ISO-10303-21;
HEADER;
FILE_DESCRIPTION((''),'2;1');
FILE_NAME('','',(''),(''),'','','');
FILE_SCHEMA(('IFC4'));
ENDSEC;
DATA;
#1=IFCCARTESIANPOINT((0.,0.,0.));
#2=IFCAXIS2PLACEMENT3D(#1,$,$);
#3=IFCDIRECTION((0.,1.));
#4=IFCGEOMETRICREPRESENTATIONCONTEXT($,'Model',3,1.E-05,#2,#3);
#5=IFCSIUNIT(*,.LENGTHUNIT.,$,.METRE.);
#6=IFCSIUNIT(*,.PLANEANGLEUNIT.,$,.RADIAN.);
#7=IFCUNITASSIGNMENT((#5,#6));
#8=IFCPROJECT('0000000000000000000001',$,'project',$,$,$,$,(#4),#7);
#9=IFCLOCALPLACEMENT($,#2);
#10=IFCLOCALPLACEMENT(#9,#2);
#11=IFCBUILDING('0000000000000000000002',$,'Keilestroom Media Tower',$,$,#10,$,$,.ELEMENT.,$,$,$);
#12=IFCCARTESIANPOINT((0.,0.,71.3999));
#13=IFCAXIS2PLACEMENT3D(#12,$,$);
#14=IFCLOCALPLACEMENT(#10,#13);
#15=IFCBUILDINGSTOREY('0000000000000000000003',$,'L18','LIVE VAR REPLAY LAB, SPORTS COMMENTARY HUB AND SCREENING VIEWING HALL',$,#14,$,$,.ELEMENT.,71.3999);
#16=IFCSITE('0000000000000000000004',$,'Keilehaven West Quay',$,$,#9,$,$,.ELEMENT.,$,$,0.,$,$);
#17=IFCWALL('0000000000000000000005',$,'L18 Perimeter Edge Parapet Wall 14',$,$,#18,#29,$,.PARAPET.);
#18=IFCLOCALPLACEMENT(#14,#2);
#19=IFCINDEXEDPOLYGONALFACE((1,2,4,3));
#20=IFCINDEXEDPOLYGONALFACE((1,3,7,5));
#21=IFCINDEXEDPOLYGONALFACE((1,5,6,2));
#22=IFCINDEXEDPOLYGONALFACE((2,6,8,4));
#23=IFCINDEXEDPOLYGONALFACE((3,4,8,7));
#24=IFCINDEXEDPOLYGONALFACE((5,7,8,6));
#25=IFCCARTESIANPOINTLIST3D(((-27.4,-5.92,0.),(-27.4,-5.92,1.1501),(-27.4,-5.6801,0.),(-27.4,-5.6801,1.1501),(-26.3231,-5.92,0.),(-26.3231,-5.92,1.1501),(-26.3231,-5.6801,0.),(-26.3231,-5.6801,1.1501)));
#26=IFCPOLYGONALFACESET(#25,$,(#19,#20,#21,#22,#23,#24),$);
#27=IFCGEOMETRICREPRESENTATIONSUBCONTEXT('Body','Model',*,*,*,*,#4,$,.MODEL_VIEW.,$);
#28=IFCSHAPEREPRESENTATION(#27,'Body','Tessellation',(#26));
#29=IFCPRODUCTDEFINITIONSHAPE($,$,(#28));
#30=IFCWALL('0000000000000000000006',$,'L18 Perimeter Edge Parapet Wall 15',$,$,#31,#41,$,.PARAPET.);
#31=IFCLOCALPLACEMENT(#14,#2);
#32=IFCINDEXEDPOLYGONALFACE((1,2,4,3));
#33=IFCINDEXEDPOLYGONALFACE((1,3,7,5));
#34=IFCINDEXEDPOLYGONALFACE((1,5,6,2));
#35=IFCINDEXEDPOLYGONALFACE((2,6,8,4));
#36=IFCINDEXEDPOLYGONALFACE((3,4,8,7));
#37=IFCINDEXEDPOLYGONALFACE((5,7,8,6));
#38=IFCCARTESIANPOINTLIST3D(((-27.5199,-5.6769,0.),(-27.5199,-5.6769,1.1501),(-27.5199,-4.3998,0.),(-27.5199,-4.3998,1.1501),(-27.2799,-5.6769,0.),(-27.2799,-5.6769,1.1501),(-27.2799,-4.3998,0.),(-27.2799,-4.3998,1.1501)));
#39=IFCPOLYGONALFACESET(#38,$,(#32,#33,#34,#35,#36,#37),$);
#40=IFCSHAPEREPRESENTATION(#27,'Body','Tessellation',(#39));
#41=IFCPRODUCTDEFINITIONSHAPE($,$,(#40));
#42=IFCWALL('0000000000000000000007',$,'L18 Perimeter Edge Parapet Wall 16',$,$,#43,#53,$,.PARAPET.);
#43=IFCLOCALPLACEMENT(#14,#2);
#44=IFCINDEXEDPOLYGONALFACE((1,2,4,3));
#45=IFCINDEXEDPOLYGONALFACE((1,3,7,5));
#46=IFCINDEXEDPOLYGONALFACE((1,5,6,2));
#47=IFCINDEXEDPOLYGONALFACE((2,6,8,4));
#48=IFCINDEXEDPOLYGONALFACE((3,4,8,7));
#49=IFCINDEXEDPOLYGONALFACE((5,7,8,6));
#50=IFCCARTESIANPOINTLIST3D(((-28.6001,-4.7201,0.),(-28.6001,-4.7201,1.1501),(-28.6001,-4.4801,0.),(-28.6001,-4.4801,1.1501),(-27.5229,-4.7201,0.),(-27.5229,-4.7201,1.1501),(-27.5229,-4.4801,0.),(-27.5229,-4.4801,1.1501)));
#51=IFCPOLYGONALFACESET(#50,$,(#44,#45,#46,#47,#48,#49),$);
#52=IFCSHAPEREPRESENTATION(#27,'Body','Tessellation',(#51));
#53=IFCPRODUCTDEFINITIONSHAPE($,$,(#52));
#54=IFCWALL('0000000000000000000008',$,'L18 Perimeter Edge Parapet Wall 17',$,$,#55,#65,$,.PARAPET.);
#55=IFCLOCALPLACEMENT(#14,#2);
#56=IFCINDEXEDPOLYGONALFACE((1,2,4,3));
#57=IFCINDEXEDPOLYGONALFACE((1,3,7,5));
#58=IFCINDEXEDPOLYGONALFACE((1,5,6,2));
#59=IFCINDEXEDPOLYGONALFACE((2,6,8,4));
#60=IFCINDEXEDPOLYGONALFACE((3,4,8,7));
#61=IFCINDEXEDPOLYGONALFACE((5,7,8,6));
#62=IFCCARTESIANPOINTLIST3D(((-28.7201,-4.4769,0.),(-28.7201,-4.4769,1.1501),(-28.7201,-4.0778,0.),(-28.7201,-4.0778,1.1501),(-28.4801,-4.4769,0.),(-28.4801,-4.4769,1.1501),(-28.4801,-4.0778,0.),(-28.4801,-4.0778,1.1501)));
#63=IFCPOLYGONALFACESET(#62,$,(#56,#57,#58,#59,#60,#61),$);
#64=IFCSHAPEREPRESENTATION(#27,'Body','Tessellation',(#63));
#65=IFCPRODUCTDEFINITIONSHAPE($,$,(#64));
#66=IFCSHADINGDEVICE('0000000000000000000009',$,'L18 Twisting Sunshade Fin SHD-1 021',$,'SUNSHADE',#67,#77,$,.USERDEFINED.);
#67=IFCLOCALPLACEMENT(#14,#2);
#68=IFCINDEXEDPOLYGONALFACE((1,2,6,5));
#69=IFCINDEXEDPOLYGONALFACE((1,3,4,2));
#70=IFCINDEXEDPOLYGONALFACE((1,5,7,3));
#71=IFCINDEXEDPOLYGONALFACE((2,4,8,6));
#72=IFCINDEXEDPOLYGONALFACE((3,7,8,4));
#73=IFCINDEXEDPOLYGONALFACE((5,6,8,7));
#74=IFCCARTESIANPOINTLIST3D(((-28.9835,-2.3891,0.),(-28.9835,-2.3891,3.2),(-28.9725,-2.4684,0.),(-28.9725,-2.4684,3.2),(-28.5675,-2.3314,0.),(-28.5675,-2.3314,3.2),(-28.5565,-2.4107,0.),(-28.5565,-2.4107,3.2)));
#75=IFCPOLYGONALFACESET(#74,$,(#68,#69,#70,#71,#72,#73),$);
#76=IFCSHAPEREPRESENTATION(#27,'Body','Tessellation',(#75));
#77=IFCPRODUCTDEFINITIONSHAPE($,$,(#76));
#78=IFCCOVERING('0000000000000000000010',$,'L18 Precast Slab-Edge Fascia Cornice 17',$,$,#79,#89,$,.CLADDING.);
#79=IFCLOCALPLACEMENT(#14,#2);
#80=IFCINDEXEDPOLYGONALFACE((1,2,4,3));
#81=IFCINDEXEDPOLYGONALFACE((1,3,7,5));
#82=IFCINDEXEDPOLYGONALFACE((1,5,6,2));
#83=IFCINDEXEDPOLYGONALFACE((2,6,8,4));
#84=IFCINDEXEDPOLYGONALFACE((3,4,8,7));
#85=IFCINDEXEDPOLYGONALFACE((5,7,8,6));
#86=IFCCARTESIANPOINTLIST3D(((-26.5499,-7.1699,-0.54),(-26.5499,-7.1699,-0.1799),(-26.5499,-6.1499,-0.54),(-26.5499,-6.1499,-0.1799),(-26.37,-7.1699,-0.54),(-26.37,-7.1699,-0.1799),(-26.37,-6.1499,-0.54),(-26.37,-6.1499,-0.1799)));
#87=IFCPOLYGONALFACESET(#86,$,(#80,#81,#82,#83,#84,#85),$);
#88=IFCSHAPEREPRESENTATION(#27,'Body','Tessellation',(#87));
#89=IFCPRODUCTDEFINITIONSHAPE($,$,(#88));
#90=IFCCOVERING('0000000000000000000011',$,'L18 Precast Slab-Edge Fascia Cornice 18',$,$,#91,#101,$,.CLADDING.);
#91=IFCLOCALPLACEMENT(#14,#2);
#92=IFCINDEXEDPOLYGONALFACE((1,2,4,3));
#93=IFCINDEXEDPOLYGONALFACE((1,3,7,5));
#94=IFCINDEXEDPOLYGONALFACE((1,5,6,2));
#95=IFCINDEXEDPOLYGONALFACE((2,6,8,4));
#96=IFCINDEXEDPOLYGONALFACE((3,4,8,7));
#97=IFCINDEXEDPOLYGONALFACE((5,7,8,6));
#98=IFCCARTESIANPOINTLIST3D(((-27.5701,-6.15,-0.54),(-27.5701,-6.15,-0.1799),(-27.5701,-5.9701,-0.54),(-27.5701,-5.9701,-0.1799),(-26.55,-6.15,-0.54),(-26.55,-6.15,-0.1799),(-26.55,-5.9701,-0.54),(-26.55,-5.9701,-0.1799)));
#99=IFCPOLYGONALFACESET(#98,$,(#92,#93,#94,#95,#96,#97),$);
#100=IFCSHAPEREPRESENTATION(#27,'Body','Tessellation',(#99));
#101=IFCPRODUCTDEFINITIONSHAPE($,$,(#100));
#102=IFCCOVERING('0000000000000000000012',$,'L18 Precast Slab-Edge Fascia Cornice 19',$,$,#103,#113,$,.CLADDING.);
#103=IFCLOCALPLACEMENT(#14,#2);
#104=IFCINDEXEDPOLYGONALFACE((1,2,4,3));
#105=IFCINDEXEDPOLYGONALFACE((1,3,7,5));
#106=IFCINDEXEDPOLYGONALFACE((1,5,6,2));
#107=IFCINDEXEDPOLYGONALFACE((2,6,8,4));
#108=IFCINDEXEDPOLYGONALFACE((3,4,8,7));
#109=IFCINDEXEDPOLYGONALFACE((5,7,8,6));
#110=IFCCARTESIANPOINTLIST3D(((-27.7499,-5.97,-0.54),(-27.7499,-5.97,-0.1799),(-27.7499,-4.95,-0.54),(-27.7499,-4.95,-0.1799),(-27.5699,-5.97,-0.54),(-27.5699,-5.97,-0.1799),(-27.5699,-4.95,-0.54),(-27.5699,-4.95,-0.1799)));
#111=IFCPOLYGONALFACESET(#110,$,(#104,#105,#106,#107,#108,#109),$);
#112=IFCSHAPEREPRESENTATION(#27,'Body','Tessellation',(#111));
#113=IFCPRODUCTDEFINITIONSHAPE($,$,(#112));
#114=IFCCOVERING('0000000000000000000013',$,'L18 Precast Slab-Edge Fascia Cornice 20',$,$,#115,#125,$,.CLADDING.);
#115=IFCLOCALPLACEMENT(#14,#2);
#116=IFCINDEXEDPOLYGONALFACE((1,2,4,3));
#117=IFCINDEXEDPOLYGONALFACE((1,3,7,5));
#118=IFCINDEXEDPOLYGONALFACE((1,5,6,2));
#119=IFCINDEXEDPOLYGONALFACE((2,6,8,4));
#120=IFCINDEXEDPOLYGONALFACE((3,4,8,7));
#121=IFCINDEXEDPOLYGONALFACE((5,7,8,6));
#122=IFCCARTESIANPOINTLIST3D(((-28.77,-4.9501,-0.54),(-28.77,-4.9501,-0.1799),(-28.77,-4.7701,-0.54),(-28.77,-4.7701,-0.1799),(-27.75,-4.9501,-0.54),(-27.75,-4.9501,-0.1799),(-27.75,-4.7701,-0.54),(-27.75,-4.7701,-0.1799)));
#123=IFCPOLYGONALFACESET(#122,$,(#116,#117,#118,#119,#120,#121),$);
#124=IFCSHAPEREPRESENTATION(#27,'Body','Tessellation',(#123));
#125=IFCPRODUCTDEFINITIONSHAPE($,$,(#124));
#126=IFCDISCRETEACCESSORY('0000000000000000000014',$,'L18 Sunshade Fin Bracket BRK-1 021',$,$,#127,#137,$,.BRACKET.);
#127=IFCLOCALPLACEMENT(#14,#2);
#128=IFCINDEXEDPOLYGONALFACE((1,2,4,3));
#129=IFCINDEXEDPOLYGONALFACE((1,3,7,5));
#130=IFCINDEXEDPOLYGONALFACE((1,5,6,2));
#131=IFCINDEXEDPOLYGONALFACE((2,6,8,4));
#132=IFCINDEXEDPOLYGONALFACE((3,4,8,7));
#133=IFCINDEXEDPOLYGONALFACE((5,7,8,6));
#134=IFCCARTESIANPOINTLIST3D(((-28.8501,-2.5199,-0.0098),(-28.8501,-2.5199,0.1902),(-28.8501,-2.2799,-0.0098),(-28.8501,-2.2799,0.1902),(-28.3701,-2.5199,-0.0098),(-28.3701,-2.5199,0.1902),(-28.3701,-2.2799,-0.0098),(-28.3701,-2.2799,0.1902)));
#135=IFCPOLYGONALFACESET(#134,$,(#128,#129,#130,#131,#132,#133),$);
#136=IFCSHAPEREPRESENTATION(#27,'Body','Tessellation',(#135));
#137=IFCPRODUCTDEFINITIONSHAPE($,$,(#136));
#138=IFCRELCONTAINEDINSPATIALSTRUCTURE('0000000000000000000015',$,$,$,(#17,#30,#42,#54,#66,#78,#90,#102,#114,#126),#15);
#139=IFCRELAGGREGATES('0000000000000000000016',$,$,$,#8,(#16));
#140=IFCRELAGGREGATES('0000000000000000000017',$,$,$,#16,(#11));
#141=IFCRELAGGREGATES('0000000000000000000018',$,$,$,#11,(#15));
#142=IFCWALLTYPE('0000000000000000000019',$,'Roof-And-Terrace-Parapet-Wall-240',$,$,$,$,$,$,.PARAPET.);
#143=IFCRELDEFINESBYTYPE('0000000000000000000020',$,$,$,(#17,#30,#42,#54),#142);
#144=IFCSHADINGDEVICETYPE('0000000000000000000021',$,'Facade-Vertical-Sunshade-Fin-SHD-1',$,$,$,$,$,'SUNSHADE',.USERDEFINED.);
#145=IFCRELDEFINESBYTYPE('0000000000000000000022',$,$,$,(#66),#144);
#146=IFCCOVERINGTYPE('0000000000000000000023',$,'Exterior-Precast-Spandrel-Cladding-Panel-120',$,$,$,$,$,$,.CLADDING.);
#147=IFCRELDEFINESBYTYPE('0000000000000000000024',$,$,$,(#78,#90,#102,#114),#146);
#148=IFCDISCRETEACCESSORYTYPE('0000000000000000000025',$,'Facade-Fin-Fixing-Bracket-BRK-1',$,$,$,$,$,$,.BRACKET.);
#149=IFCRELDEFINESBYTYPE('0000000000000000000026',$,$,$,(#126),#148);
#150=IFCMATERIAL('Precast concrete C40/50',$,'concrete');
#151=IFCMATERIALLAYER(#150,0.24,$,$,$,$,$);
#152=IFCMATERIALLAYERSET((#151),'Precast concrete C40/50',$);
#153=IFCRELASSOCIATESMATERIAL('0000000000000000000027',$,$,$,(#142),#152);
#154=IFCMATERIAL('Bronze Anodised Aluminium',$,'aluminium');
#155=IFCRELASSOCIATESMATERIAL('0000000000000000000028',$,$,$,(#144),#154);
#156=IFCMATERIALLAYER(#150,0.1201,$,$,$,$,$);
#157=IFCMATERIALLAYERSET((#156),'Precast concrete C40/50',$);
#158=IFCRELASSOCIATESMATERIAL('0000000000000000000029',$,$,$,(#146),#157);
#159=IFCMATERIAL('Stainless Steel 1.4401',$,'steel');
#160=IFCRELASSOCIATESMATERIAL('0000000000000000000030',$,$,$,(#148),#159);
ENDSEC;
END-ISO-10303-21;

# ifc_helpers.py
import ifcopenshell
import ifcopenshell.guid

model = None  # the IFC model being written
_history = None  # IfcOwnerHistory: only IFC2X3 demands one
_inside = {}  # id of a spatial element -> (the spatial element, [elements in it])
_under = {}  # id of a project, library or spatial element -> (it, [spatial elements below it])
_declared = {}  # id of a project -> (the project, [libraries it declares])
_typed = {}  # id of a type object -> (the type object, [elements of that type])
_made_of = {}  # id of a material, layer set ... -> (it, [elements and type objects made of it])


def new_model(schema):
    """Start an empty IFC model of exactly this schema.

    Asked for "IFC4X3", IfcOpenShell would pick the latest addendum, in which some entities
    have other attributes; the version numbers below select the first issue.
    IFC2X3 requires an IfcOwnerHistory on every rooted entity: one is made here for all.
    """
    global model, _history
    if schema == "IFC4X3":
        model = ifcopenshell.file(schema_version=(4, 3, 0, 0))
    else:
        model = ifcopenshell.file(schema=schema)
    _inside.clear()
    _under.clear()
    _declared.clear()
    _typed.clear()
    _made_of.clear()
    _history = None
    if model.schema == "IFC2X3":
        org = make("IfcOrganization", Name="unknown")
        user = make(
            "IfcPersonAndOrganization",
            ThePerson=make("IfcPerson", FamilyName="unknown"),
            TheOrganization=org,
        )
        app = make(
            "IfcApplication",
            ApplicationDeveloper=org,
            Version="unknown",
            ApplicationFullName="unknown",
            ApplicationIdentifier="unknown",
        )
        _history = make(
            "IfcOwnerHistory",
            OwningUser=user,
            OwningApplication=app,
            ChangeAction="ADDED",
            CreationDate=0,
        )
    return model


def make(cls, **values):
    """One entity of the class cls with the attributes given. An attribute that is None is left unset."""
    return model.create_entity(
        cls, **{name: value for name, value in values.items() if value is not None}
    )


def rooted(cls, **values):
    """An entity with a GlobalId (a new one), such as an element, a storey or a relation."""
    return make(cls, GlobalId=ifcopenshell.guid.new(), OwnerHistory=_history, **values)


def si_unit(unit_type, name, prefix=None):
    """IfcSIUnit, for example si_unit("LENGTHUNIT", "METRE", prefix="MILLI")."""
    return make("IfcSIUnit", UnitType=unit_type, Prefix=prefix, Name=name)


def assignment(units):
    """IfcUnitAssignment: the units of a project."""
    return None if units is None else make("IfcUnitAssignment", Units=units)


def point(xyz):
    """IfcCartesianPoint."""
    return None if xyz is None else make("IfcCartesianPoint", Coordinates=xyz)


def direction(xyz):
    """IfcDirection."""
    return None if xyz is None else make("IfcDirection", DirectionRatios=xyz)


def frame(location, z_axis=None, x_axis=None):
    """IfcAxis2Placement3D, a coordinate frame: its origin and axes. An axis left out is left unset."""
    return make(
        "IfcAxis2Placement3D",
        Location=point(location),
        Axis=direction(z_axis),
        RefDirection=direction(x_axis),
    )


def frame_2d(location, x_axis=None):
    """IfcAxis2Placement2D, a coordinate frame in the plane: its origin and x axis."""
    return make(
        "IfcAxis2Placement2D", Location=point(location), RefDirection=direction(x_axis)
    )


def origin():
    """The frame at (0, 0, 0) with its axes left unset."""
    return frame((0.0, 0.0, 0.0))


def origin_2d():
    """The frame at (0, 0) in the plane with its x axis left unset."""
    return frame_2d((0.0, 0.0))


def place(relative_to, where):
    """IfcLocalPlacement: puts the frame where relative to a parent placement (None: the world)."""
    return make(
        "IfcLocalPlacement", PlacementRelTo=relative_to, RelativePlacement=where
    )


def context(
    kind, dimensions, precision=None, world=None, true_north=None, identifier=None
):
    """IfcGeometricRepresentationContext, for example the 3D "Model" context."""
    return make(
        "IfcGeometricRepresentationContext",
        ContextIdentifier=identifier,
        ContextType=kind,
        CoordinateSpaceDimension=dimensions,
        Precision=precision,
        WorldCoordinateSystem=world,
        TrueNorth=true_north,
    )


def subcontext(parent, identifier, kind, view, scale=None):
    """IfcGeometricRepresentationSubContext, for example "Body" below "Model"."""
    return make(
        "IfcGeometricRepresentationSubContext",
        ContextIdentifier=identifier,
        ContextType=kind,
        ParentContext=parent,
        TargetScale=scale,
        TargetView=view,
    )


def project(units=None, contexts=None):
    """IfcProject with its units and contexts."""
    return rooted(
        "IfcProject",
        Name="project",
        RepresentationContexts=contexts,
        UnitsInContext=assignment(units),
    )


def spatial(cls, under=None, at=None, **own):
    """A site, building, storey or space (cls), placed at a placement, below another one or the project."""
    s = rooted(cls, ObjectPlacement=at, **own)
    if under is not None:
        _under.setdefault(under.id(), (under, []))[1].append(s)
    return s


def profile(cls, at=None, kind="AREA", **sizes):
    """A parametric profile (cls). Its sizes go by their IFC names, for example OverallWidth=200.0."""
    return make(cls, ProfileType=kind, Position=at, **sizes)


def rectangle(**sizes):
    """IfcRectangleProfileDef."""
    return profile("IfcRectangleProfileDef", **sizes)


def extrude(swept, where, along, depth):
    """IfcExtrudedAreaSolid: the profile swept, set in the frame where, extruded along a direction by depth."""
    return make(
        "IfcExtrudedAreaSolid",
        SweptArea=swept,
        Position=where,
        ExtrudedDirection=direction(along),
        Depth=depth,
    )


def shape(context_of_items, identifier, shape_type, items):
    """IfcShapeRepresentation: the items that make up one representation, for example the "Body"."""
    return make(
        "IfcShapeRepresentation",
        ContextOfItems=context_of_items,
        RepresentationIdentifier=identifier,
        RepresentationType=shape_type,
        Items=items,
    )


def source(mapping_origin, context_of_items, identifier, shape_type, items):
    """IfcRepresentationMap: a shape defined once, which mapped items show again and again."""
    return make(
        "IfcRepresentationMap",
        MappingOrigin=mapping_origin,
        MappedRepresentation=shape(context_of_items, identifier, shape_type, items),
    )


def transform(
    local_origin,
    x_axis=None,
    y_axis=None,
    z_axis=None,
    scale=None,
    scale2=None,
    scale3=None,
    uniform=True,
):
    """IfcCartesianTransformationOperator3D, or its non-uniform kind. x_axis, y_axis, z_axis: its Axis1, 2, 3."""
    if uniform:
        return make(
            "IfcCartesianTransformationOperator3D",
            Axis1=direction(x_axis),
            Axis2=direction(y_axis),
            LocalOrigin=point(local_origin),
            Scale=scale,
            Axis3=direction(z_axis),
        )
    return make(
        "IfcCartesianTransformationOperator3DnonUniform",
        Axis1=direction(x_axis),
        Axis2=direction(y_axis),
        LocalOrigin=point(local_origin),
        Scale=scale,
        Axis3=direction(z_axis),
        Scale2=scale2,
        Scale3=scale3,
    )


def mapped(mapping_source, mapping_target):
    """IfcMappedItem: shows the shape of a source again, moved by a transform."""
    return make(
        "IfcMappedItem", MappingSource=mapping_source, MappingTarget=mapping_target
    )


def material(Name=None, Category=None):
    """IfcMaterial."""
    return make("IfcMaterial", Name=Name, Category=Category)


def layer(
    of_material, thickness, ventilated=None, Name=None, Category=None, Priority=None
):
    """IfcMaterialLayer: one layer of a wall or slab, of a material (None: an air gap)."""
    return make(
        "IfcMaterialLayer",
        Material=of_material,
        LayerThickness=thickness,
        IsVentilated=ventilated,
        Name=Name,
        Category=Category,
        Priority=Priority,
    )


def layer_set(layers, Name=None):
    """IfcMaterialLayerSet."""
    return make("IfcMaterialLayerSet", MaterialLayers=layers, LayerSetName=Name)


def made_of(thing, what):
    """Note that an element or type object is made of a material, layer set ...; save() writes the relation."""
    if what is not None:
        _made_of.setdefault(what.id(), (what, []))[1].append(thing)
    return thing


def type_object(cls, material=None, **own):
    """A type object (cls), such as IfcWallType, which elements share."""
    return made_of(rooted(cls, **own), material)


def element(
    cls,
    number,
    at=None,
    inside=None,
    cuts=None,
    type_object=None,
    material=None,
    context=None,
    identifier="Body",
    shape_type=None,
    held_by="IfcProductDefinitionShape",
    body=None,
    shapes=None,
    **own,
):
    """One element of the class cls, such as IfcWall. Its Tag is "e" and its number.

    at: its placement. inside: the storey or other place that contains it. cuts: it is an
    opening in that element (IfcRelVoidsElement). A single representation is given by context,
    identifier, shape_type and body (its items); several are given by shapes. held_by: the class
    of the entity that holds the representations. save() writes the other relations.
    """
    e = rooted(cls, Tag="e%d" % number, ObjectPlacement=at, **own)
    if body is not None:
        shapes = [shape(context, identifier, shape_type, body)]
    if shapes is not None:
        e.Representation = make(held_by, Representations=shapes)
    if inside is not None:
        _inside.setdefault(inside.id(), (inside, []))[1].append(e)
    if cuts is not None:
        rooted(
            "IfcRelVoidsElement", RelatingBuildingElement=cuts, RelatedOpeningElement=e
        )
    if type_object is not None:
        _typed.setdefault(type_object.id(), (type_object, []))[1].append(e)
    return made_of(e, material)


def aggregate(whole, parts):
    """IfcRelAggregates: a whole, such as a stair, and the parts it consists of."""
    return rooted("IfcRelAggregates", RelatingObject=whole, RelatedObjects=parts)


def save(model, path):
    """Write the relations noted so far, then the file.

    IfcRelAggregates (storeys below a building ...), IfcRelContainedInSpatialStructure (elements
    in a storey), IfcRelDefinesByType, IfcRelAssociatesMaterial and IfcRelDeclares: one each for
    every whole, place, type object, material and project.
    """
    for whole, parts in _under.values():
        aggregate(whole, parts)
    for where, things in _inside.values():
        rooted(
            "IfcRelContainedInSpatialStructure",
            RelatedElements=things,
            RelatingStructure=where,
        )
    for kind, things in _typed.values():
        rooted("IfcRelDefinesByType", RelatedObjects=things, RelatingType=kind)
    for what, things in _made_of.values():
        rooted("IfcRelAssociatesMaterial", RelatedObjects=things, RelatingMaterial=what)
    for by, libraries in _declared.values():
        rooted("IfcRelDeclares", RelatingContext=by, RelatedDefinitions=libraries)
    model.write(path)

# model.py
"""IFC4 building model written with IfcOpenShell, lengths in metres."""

from ifc_helpers import new_model, si_unit, direction, frame, frame_2d, origin, origin_2d, place, context, subcontext, project, spatial, rectangle, extrude, source, transform, mapped, material, layer, layer_set, type_object, element, save


model = new_model("IFC4")

# Units and contexts
model_context = context("Model", 3, precision=1e-05, world=origin(), true_north=direction((0.0, 1.0)))
body_context = subcontext(model_context, "Body", "Model", "MODEL_VIEW")
ifc_project = project(units=[si_unit("LENGTHUNIT", "METRE"), si_unit("PLANEANGLEUNIT", "RADIAN")], contexts=[model_context])

# Site, building, storey
site_placement = place(None, origin())
site = spatial("IfcSite", under=ifc_project, at=site_placement, Name="Keilehaven West Quay", CompositionType="ELEMENT", RefElevation=0.0)
building_placement = place(site_placement, origin())
building = spatial("IfcBuilding", under=site, at=building_placement, Name="Keilestroom Media Tower", CompositionType="ELEMENT")
storey_placement = place(building_placement, frame((0.0, 0.0, 71.3999)))
storey = spatial("IfcBuildingStorey", under=building, at=storey_placement, Name="L18", Description="LIVE VAR REPLAY LAB, SPORTS COMMENTARY HUB AND SCREENING VIEWING HALL", CompositionType="ELEMENT", Elevation=71.3999)

# Shared definitions
ifc_material_1 = material(Name="Precast concrete C40/50", Category="concrete")

# Walls
ifc_layer_1 = layer(ifc_material_1, 0.24)
ifc_layer_set_1 = layer_set([ifc_layer_1], Name="Precast concrete C40/50")
wall_type_1 = type_object("IfcWallType", Name="Roof-And-Terrace-Parapet-Wall-240", PredefinedType="PARAPET", material=ifc_layer_set_1)
wall_1_placement = place(storey_placement, frame((-26.323, -5.8, 0.0), z_axis=(0.0, 0.0, 1.0), x_axis=(-1.0, 0.0, 0.0)))
element("IfcWall", 1, at=wall_1_placement, inside=storey, type_object=wall_type_1, Name="L18 Perimeter Edge Parapet Wall 14", PredefinedType="PARAPET", context=body_context, shape_type="SweptSolid", body=[
    extrude(rectangle(XDim=1.0769, YDim=0.24, at=frame_2d((0.5386, 0.0))), origin(), (0.0, 0.0, 1.0), 1.1501),
])
wall_2_placement = place(storey_placement, frame((-27.3999, -5.677, 0.0), z_axis=(0.0, 0.0, 1.0), x_axis=(0.0, 1.0, 0.0)))
element("IfcWall", 2, at=wall_2_placement, inside=storey, type_object=wall_type_1, Name="L18 Perimeter Edge Parapet Wall 15", PredefinedType="PARAPET", context=body_context, shape_type="SweptSolid", body=[
    extrude(rectangle(XDim=1.2771, YDim=0.24, at=frame_2d((0.6387, 0.0))), origin(), (0.0, 0.0, 1.0), 1.1501),
])
wall_3_placement = place(storey_placement, frame((-27.5229, -4.6001, 0.0), z_axis=(0.0, 0.0, 1.0), x_axis=(-1.0, 0.0, 0.0)))
element("IfcWall", 3, at=wall_3_placement, inside=storey, type_object=wall_type_1, Name="L18 Perimeter Edge Parapet Wall 16", PredefinedType="PARAPET", context=body_context, shape_type="SweptSolid", body=[
    extrude(rectangle(XDim=1.0771, YDim=0.24, at=frame_2d((0.5386, 0.0))), origin(), (0.0, 0.0, 1.0), 1.1501),
])
wall_4_placement = place(storey_placement, frame((-28.6001, -4.4771, 0.0), z_axis=(0.0, 0.0, 1.0), x_axis=(0.0, 1.0, 0.0)))
element("IfcWall", 4, at=wall_4_placement, inside=storey, type_object=wall_type_1, Name="L18 Perimeter Edge Parapet Wall 17", PredefinedType="PARAPET", context=body_context, shape_type="SweptSolid", body=[
    extrude(rectangle(XDim=0.3992, YDim=0.24, at=frame_2d((0.1997, 0.0))), origin(), (0.0, 0.0, 1.0), 1.1501),
])

# Shading device
ifc_material_2 = material(Name="Bronze Anodised Aluminium", Category="aluminium")
shading_device_type = type_object("IfcShadingDeviceType", Name="Facade-Vertical-Sunshade-Fin-SHD-1", ElementType="SUNSHADE", PredefinedType="USERDEFINED", material=ifc_material_2)
shared_shape_1 = source(origin(), body_context, "Body", "SweptSolid", [
    extrude(rectangle(XDim=0.4199, YDim=0.0801, at=origin_2d()), origin(), (0.0, 0.0, 1.0), 3.2),
])
shading_device_placement = place(storey_placement, frame((-28.77, -2.3999, 0.0), z_axis=(0.0, 0.0, 1.0), x_axis=(0.990533, 0.137272, 0.0)))
element("IfcShadingDevice", 5, at=shading_device_placement, inside=storey, type_object=shading_device_type, Name="L18 Twisting Sunshade Fin SHD-1 021", ObjectType="SUNSHADE", PredefinedType="USERDEFINED", context=body_context, shape_type="MappedRepresentation", body=[
    mapped(shared_shape_1, transform((0.0, 0.0, 0.0), x_axis=(1.0, 0.0, 0.0), y_axis=(0.0, 1.0, 0.0), z_axis=(0.0, 0.0, 1.0), scale=1.0)),
])

# Coverings
ifc_layer_2 = layer(ifc_material_1, 0.1201)
ifc_layer_set_2 = layer_set([ifc_layer_2], Name="Precast concrete C40/50")
covering_type = type_object("IfcCoveringType", Name="Exterior-Precast-Spandrel-Cladding-Panel-120", PredefinedType="CLADDING", material=ifc_layer_set_2)
shared_shape_2 = source(origin(), body_context, "Body", "SweptSolid", [
    extrude(rectangle(XDim=1.02, YDim=0.1799, at=origin_2d()), origin(), (0.0, 0.0, 1.0), 0.3601),
])
for number, where, z_axis, x_axis, name in (
    (6, (-26.46, -6.6599, -0.54), (0.0, 0.0, 1.0), (0.0, 1.0, 0.0), "L18 Precast Slab-Edge Fascia Cornice 17"),
    (7, (-27.0601, -6.0601, -0.54), (0.0, 0.0, 1.0), (-1.0, 0.0, 0.0), "L18 Precast Slab-Edge Fascia Cornice 18"),
    (8, (-27.6599, -5.46, -0.54), (0.0, 0.0, 1.0), (0.0, 1.0, 0.0), "L18 Precast Slab-Edge Fascia Cornice 19"),
    (9, (-28.26, -4.8601, -0.54), (0.0, 0.0, 1.0), (-1.0, 0.0, 0.0), "L18 Precast Slab-Edge Fascia Cornice 20"),
):
    element("IfcCovering", number, at=place(storey_placement, frame(where, z_axis=z_axis, x_axis=x_axis)), inside=storey, type_object=covering_type, Name=name, PredefinedType="CLADDING", context=body_context, shape_type="MappedRepresentation", body=[
        mapped(shared_shape_2, transform((0.0, 0.0, 0.0), x_axis=(1.0, 0.0, 0.0), y_axis=(0.0, 1.0, 0.0), z_axis=(0.0, 0.0, 1.0), scale=1.0)),
    ])

# Discrete accessory
ifc_material_3 = material(Name="Stainless Steel 1.4401", Category="steel")
discrete_accessory_type = type_object("IfcDiscreteAccessoryType", Name="Facade-Fin-Fixing-Bracket-BRK-1", PredefinedType="BRACKET", material=ifc_material_3)
shared_shape_3 = source(origin(), body_context, "Body", "SweptSolid", [
    extrude(rectangle(XDim=0.48, YDim=0.24, at=origin_2d()), origin(), (0.0, 0.0, 1.0), 0.2),
])
discrete_accessory_placement = place(storey_placement, frame((-28.6101, -2.3999, -0.0098), z_axis=(0.0, 0.0, 1.0), x_axis=(1.0, 0.0, 0.0)))
element("IfcDiscreteAccessory", 10, at=discrete_accessory_placement, inside=storey, type_object=discrete_accessory_type, Name="L18 Sunshade Fin Bracket BRK-1 021", PredefinedType="BRACKET", context=body_context, shape_type="MappedRepresentation", body=[
    mapped(shared_shape_3, transform((0.0, 0.0, 0.0), x_axis=(1.0, 0.0, 0.0), y_axis=(0.0, 1.0, 0.0), z_axis=(0.0, 0.0, 1.0), scale=1.0)),
])

save(model, "model.ifc")
